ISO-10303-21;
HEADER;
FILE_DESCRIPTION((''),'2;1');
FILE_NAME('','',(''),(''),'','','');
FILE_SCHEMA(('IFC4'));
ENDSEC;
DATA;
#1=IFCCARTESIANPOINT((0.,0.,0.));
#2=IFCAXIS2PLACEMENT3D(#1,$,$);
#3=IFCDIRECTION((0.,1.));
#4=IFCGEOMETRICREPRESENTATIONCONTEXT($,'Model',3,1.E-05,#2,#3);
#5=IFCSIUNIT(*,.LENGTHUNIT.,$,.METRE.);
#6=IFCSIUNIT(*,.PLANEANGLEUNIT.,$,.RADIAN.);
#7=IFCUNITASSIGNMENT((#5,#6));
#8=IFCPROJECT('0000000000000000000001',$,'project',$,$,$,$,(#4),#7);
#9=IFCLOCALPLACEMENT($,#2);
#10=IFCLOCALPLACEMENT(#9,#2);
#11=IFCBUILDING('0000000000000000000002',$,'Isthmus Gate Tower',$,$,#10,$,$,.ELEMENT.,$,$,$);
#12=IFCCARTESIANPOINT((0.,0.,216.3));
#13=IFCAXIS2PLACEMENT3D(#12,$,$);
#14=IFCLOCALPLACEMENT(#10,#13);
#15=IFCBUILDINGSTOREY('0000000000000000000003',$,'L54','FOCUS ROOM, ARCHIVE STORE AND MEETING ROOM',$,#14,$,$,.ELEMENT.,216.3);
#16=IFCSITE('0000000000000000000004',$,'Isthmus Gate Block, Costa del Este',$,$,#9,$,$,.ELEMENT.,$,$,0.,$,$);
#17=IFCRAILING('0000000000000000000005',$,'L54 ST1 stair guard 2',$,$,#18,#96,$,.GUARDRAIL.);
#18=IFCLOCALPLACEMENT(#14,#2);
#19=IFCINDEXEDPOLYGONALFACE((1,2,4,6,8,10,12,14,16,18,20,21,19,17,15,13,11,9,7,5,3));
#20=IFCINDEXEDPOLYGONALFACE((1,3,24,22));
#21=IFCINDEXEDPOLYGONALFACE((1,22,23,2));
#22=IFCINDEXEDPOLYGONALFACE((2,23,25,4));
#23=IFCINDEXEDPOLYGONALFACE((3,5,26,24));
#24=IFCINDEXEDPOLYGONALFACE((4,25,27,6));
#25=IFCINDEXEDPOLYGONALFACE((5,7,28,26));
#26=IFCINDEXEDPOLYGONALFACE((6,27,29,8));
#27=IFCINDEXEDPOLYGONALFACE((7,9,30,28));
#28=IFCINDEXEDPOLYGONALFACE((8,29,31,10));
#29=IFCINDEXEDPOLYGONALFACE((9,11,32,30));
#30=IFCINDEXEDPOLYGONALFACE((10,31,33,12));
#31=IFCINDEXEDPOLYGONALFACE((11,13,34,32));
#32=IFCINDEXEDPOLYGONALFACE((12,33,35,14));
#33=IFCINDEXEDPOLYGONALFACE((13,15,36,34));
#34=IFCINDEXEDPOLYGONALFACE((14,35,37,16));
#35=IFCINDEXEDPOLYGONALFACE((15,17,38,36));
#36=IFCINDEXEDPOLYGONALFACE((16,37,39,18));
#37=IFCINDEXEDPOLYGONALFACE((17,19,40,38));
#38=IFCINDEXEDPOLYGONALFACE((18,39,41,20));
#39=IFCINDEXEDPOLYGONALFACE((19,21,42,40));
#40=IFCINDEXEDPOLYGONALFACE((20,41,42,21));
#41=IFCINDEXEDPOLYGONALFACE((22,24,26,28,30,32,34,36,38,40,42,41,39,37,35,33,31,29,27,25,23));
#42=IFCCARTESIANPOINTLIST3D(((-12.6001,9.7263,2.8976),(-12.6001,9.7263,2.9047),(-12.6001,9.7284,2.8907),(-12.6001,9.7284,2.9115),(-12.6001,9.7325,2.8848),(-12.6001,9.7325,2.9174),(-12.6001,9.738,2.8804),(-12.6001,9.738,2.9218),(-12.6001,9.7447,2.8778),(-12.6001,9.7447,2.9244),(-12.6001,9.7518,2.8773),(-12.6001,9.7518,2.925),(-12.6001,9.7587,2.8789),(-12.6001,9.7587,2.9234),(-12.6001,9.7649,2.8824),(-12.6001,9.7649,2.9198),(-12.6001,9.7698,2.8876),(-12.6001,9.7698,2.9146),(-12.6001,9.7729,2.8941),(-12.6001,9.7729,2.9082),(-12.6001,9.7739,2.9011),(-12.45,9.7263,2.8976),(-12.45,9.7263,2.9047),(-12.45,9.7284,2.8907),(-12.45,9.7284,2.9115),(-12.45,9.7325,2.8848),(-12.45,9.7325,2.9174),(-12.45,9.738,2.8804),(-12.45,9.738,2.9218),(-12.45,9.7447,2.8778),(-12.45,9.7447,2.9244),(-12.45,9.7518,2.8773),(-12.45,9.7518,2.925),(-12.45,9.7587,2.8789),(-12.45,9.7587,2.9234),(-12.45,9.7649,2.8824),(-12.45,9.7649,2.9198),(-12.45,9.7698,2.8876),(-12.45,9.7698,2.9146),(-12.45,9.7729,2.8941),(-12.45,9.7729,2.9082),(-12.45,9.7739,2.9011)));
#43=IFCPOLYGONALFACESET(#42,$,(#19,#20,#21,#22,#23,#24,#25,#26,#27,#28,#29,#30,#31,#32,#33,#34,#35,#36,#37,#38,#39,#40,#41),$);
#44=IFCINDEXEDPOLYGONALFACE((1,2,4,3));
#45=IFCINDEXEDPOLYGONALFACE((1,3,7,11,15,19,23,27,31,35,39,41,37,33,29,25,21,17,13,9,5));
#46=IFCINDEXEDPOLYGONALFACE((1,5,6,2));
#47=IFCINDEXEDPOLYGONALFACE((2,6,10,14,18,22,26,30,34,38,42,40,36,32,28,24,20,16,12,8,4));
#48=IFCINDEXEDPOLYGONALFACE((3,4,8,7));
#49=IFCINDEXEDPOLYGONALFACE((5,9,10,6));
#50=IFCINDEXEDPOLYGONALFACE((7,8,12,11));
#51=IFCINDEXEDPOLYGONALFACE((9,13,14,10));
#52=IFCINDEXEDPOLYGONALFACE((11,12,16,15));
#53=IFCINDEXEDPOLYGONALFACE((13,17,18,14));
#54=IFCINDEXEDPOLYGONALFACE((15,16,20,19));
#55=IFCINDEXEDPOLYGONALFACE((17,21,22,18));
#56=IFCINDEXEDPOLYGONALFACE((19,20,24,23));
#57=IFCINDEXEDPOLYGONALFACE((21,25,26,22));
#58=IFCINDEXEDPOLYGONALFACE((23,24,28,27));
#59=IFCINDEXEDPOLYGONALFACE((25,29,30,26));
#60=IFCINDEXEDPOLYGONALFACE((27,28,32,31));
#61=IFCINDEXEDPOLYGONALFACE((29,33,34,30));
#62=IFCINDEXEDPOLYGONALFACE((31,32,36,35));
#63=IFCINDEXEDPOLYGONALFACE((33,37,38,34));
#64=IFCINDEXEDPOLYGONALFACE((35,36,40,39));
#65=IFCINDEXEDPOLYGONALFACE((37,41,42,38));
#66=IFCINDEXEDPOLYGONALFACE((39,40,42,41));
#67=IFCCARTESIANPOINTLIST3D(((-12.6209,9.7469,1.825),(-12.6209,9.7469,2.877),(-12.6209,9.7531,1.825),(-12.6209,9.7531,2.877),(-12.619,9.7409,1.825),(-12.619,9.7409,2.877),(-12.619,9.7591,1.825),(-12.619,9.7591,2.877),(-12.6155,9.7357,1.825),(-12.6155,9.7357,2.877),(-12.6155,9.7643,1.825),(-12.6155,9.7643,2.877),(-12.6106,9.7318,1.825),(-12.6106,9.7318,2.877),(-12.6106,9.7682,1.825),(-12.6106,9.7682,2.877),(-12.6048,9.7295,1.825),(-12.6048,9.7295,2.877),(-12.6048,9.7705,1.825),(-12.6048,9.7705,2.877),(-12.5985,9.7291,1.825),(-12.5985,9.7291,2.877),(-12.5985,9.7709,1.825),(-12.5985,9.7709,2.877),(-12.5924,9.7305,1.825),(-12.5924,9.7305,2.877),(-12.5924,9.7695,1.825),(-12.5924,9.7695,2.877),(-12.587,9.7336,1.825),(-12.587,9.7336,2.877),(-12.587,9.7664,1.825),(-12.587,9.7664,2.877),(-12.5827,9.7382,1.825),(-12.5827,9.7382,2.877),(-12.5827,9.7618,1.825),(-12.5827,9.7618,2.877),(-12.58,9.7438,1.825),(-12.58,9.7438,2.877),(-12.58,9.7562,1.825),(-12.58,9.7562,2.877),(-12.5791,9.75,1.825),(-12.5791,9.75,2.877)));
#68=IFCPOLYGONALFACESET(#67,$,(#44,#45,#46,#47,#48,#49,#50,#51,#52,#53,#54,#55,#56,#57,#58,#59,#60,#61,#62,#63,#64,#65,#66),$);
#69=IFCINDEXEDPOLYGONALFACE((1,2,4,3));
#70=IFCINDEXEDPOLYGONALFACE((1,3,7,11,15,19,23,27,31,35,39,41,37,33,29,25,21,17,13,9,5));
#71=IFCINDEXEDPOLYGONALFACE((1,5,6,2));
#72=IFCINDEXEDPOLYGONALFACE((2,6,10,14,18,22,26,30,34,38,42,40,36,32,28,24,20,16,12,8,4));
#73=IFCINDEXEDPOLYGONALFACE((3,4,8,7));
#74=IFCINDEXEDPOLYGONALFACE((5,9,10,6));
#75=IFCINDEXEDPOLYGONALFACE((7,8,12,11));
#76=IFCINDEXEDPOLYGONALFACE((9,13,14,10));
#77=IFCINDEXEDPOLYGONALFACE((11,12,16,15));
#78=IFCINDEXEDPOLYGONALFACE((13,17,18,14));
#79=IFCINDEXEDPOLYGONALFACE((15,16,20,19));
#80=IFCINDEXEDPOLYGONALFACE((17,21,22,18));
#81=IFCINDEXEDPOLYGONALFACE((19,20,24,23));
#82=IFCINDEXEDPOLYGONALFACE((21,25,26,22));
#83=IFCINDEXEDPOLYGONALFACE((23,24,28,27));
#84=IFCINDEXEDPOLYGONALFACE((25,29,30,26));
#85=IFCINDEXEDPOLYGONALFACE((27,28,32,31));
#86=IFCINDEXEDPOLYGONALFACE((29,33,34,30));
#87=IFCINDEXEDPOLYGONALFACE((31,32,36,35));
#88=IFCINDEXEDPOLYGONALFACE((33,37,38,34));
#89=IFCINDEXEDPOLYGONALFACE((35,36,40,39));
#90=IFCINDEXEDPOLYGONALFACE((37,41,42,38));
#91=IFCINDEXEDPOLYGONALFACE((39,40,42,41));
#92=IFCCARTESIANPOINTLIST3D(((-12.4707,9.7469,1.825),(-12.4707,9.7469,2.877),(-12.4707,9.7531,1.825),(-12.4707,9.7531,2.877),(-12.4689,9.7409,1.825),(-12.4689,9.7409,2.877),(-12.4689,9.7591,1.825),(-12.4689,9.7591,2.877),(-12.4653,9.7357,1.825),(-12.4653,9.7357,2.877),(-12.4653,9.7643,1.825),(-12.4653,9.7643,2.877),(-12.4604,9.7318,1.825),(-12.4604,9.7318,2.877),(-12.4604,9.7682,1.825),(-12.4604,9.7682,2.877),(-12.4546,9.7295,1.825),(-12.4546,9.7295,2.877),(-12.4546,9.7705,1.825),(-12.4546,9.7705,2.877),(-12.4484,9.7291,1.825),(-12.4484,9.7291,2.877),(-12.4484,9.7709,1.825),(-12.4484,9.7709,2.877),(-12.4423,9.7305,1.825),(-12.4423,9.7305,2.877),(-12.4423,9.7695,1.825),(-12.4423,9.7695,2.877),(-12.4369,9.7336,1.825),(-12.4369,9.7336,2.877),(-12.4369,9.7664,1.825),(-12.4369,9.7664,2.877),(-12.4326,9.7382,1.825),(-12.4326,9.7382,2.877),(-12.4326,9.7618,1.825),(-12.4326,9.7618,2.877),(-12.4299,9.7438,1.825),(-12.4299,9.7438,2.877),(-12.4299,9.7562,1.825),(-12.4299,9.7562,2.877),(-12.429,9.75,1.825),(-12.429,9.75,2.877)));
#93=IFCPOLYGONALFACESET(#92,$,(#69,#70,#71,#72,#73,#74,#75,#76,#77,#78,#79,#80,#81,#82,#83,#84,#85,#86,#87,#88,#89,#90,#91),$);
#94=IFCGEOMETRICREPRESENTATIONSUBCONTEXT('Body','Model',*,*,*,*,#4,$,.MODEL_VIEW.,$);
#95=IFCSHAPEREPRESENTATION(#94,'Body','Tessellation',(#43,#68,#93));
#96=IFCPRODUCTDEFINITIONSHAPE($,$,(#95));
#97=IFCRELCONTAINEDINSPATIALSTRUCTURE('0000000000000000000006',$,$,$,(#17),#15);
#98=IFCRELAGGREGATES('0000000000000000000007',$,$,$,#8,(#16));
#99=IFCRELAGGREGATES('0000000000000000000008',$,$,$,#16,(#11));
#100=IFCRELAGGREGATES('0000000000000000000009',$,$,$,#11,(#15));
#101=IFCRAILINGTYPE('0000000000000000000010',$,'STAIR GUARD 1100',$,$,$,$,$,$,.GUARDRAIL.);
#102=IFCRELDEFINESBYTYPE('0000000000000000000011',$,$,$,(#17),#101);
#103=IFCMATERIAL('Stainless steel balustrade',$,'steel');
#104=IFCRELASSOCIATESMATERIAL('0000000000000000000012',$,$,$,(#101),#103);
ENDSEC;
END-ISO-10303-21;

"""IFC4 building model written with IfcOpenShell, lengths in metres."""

from ifc_helpers import new_model, si_unit, direction, frame, origin, origin_2d, place, context, subcontext, project, spatial, circle, extrude, material, type_object, element, save


model = new_model("IFC4")

# Units and contexts
model_context = context("Model", 3, precision=1e-05, world=origin(), true_north=direction((0.0, 1.0)))
body_context = subcontext(model_context, "Body", "Model", "MODEL_VIEW")
ifc_project = project(units=[si_unit("LENGTHUNIT", "METRE"), si_unit("PLANEANGLEUNIT", "RADIAN")], contexts=[model_context])

# Site, building, storey
site_placement = place(None, origin())
site = spatial("IfcSite", under=ifc_project, at=site_placement, Name="Isthmus Gate Block, Costa del Este", CompositionType="ELEMENT", RefElevation=0.0)
building_placement = place(site_placement, origin())
building = spatial("IfcBuilding", under=site, at=building_placement, Name="Isthmus Gate Tower", CompositionType="ELEMENT")
storey_placement = place(building_placement, frame((0.0, 0.0, 216.3)))
storey = spatial("IfcBuildingStorey", under=building, at=storey_placement, Name="L54", Description="FOCUS ROOM, ARCHIVE STORE AND MEETING ROOM", CompositionType="ELEMENT", Elevation=216.3)

# Railing
ifc_material_1 = material(Name="Stainless steel balustrade", Category="steel")
railing_type_1 = type_object("IfcRailingType", Name="STAIR GUARD 1100", PredefinedType="GUARDRAIL", material=ifc_material_1)
railing_1_placement = place(storey_placement, frame((-12.6001, 9.75, 1.825)))
element("IfcRailing", 1, at=railing_1_placement, inside=storey, type_object=railing_type_1, Name="L54 ST1 stair guard 2", PredefinedType="GUARDRAIL", context=body_context, shape_type="SweptSolid", body=[
    extrude(circle(Radius=0.0239, at=origin_2d()), frame((0.0, 0.0, 1.0762), z_axis=(1.0, 0.0, 0.0), x_axis=(0.0, 1.0, 0.0)), (0.0, 0.0, 1.0), 0.1501),
    extrude(circle(Radius=0.021, at=origin_2d()), origin(), (0.0, 0.0, 1.0), 1.052),
    extrude(circle(Radius=0.021, at=origin_2d()), frame((0.1501, 0.0, 0.0)), (0.0, 0.0, 1.0), 1.052),
])

save(model, "model.ifc")
